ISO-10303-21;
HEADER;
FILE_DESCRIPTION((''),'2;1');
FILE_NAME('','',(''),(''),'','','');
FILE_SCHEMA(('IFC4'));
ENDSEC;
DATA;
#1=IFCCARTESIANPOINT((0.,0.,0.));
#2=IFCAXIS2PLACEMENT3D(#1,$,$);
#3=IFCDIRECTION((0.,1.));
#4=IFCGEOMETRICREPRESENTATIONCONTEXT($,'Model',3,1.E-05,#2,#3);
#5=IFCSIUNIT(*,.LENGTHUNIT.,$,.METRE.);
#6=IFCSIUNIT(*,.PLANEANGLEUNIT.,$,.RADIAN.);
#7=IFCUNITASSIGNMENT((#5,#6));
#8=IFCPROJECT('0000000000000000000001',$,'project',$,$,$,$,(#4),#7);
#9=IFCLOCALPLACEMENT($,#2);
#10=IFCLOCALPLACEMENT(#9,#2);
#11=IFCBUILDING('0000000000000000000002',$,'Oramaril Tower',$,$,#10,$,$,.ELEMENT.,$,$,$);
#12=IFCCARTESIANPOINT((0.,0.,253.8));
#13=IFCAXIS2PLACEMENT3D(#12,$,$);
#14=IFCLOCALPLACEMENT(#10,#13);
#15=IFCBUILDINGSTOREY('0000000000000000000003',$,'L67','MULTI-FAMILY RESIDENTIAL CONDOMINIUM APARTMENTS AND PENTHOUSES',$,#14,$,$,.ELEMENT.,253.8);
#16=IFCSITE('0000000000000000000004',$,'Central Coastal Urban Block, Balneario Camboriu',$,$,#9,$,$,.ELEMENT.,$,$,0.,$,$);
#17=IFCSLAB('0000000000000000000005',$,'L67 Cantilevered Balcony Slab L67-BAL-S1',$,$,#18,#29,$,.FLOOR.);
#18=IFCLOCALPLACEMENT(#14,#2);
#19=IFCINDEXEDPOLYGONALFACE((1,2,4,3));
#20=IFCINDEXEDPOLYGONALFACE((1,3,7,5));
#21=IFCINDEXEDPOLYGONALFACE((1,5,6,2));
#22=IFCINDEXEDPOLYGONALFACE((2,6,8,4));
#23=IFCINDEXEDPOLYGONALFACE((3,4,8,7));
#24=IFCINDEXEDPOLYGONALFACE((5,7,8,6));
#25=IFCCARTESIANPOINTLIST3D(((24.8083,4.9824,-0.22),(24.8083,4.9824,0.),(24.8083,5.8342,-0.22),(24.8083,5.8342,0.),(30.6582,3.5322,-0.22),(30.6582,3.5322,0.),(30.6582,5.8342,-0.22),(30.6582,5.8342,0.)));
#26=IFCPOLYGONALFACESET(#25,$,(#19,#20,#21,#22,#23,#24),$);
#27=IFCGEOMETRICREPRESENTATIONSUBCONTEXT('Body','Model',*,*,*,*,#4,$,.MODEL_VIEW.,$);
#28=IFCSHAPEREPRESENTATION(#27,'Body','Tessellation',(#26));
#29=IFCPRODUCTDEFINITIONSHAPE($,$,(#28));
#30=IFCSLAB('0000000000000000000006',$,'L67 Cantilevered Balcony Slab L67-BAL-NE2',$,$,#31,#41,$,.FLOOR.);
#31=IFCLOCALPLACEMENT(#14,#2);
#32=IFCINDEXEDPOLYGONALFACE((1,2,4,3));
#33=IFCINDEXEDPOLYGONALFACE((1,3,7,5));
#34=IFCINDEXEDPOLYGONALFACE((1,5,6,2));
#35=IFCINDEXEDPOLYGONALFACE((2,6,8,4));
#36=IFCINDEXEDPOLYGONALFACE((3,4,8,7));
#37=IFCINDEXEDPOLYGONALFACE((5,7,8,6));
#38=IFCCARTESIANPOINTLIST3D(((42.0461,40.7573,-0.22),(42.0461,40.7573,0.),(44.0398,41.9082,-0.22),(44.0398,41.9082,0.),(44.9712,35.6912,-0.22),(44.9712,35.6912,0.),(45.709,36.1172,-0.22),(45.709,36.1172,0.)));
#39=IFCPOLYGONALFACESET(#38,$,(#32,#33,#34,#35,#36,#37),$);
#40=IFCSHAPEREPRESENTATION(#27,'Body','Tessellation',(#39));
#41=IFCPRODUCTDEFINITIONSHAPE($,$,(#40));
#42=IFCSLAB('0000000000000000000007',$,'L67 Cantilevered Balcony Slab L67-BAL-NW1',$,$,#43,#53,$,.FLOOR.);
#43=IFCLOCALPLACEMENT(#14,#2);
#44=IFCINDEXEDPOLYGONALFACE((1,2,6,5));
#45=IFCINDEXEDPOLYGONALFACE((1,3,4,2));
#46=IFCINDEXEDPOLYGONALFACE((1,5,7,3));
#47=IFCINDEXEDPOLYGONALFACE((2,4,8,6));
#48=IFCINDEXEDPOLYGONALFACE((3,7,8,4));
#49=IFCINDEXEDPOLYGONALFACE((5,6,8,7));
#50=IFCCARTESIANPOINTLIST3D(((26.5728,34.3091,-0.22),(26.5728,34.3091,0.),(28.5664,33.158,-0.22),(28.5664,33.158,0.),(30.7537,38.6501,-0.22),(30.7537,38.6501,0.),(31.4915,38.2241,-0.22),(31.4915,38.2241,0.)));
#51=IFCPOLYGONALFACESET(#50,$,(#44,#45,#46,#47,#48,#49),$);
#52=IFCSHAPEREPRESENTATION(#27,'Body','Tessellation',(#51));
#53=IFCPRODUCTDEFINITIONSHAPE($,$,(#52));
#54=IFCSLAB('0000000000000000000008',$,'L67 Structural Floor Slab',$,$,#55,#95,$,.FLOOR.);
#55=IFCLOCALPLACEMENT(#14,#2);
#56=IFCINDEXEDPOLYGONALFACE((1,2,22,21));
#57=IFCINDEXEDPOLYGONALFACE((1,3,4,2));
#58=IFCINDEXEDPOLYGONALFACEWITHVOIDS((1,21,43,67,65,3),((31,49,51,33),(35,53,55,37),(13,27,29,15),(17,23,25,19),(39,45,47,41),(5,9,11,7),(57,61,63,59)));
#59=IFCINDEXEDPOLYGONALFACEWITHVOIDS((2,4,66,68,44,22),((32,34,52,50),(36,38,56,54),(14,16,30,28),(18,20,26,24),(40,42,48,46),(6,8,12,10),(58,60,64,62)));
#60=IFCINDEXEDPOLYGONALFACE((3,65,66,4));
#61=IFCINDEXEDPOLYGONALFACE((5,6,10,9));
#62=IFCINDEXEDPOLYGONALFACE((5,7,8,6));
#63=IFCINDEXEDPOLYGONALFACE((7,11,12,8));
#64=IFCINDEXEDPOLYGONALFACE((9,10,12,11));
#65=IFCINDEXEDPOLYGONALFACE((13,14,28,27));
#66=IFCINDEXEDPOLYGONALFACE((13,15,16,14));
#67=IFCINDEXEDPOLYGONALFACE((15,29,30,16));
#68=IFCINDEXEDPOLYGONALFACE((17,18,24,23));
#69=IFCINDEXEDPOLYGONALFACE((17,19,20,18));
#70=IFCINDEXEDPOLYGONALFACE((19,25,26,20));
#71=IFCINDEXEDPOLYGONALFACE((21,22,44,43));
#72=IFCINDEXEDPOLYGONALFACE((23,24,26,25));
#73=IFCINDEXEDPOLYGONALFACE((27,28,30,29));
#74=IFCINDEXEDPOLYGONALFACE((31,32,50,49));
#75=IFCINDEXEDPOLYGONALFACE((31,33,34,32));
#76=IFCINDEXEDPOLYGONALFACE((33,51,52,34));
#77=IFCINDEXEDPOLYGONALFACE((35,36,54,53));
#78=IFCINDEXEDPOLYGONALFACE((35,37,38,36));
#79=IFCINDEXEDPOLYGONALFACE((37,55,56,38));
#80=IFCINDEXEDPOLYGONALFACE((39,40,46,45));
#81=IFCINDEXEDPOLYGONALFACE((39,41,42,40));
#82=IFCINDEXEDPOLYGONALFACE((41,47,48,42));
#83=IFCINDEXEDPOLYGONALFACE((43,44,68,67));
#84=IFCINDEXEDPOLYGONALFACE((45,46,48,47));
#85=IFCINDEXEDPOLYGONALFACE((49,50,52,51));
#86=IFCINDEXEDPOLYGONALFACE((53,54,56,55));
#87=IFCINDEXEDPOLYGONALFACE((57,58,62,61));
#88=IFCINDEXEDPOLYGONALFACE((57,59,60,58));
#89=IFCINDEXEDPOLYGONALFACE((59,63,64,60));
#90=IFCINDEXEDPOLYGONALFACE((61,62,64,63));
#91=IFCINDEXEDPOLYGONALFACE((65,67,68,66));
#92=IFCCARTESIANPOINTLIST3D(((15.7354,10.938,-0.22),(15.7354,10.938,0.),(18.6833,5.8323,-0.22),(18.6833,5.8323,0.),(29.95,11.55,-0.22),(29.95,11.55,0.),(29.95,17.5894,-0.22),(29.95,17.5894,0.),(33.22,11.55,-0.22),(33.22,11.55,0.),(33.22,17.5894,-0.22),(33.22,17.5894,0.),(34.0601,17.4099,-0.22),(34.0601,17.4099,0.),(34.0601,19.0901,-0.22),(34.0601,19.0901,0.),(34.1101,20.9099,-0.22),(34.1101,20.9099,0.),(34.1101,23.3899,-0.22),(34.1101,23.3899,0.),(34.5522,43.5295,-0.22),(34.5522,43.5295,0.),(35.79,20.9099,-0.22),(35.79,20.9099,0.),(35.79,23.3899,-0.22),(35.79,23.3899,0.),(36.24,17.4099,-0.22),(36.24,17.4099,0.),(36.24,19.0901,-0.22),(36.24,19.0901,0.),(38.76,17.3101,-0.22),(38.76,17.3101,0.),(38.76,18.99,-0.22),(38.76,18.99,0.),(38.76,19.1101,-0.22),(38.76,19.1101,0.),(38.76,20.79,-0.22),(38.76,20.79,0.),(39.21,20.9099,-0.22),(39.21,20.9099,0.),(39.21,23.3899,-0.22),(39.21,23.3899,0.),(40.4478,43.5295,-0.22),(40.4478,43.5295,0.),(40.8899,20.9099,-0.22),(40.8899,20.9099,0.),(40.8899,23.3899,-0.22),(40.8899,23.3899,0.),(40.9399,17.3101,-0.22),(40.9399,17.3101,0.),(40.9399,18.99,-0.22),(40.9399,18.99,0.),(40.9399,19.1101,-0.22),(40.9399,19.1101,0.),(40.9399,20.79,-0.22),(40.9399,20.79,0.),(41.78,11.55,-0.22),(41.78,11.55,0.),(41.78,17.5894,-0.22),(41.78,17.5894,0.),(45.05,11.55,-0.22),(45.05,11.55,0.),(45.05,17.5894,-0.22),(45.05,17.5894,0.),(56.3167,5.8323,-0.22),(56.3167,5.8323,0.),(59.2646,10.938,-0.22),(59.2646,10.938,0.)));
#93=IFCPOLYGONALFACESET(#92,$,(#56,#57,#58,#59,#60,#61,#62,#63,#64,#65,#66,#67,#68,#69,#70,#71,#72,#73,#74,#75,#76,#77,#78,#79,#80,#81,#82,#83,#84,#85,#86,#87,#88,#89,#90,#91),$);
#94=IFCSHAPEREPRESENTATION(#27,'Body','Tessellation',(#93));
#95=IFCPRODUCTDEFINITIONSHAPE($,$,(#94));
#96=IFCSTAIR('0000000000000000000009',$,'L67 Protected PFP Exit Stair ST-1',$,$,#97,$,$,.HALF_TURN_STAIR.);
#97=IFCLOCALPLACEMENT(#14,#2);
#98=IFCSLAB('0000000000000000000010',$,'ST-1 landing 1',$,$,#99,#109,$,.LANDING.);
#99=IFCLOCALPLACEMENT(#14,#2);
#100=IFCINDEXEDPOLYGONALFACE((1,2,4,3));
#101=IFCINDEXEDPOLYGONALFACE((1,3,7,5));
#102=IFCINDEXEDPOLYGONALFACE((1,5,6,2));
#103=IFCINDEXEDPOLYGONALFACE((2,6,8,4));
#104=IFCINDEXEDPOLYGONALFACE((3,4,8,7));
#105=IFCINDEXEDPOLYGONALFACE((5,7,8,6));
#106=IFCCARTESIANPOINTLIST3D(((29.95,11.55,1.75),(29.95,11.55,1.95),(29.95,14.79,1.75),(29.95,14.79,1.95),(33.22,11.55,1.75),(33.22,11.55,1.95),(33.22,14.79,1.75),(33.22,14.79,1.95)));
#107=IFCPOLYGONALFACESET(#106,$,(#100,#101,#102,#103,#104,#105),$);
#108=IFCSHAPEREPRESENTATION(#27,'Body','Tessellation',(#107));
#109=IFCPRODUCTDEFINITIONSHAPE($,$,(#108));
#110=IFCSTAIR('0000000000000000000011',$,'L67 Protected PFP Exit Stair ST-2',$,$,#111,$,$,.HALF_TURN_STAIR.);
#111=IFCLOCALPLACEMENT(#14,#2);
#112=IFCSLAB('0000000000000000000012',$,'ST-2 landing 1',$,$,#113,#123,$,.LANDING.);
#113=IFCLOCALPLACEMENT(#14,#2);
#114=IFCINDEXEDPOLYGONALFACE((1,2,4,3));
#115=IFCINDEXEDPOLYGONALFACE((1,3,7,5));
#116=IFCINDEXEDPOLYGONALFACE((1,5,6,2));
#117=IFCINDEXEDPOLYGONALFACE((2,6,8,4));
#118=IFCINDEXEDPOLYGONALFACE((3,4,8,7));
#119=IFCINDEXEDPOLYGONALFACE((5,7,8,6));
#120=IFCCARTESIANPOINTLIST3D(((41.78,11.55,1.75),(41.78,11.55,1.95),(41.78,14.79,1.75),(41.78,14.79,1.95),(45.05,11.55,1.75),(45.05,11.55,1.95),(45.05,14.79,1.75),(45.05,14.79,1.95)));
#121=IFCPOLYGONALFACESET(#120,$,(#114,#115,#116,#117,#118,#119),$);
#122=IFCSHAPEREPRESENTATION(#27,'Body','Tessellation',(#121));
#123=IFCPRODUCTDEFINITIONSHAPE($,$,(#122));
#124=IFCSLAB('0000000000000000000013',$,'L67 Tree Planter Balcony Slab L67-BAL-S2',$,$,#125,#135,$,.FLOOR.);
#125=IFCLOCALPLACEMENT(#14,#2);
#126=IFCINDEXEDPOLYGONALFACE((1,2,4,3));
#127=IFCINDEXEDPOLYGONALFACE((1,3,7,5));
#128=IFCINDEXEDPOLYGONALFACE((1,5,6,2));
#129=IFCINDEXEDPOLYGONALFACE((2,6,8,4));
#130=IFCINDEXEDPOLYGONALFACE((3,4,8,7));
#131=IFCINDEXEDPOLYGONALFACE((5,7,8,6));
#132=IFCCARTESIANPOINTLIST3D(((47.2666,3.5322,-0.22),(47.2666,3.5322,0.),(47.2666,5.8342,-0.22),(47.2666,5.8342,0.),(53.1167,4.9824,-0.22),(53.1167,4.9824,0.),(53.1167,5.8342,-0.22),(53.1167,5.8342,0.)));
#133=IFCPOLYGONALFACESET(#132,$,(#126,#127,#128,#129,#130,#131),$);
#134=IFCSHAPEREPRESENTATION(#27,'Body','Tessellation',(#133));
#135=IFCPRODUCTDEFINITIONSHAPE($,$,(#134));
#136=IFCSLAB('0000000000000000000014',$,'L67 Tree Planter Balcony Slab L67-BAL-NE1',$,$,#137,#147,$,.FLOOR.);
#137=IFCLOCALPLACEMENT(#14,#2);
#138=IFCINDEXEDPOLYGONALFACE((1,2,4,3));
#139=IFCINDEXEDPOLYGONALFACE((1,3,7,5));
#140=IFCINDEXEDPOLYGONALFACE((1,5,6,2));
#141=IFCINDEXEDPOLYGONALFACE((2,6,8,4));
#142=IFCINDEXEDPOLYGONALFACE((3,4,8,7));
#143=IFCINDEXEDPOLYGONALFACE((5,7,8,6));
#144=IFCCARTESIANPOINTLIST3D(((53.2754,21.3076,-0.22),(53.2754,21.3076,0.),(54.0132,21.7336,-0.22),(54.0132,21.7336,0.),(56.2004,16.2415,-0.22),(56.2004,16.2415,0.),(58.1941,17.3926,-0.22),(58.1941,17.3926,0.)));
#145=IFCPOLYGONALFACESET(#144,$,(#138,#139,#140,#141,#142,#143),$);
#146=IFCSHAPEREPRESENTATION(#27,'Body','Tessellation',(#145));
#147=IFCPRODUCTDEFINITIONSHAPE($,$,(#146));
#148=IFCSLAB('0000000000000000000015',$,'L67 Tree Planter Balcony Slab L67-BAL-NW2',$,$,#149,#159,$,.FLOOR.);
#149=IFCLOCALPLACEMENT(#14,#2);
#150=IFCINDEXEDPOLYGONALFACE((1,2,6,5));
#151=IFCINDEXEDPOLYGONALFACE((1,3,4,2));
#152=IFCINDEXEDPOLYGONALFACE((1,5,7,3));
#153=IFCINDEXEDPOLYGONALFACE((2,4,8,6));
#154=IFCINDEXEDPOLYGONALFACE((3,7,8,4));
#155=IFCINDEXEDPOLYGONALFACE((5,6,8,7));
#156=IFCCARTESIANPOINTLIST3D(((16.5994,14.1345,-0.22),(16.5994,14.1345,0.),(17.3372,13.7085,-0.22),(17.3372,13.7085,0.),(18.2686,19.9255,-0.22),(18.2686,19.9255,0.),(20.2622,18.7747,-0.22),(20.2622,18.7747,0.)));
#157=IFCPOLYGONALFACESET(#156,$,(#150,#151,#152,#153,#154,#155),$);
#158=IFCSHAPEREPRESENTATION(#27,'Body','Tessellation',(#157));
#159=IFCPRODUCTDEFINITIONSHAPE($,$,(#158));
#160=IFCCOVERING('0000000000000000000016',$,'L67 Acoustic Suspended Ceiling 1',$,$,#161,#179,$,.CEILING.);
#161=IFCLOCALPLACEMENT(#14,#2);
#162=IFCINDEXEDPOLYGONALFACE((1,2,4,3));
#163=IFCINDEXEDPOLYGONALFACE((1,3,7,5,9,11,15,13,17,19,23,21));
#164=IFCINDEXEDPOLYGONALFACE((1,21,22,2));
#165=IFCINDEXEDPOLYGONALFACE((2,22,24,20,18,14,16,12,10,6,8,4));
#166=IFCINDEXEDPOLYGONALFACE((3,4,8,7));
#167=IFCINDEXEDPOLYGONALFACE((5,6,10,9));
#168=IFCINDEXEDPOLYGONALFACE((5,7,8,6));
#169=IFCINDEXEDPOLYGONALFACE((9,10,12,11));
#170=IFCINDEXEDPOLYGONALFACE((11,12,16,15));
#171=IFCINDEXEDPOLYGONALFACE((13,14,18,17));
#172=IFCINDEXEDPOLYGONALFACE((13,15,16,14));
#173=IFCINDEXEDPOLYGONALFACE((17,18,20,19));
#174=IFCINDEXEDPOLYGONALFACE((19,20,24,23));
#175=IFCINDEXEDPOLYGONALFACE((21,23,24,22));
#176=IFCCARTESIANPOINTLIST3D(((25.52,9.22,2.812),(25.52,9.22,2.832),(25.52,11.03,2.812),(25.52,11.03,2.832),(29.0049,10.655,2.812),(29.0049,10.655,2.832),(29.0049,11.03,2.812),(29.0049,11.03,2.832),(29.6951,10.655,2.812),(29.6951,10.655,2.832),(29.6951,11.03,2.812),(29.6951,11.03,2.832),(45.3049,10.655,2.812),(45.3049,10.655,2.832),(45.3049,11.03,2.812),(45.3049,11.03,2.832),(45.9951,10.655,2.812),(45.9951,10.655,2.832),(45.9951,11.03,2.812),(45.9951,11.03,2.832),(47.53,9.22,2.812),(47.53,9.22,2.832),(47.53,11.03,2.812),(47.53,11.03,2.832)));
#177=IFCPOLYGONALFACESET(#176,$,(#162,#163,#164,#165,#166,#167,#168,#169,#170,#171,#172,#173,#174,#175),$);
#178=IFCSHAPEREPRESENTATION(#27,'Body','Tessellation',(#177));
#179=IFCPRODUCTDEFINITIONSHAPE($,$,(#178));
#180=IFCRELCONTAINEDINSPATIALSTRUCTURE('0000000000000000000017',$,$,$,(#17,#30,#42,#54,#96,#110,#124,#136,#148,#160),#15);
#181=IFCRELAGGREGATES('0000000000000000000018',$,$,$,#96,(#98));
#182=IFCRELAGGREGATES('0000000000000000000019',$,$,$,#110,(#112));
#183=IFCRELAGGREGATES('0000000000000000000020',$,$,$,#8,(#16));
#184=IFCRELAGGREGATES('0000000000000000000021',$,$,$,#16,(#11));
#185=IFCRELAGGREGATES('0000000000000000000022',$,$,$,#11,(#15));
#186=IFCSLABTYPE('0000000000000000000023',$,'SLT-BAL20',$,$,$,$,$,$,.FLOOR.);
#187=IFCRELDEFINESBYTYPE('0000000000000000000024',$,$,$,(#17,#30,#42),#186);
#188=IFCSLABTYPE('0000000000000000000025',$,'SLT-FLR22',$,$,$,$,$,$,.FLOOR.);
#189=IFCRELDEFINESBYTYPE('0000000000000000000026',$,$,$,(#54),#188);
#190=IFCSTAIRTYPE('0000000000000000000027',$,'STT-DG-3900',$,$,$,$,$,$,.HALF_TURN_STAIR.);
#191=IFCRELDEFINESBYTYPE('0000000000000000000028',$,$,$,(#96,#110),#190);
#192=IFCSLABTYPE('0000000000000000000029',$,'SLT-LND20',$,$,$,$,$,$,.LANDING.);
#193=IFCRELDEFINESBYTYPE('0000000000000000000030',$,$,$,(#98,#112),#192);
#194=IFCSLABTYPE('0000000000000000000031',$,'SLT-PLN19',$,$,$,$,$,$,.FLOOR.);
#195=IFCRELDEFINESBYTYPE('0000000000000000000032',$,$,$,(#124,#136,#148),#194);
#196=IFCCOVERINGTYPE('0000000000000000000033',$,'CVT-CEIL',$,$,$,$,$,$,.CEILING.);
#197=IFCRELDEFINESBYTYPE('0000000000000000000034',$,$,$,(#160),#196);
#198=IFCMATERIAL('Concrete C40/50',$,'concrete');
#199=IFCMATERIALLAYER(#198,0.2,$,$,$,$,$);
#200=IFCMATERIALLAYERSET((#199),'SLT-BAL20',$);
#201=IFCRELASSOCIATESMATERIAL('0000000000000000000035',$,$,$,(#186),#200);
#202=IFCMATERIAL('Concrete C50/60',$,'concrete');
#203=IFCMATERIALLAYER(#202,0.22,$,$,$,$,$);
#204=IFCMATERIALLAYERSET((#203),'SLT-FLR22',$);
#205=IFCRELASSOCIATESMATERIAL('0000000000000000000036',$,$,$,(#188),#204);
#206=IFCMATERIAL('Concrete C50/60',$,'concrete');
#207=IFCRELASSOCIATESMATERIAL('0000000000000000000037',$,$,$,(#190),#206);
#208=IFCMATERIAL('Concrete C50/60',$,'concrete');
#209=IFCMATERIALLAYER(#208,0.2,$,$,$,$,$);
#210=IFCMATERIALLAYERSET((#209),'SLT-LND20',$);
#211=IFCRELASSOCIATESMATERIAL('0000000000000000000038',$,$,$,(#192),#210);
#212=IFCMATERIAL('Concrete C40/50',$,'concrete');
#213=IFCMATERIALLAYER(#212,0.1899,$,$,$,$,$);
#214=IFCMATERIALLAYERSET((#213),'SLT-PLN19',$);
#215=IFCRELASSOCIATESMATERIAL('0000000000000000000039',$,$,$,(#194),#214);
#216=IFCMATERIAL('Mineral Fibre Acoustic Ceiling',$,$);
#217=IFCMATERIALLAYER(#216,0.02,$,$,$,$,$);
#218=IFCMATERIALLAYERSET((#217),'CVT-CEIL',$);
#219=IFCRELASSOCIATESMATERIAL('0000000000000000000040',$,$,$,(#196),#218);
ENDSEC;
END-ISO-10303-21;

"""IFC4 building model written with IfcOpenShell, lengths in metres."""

from ifc_helpers import new_model, si_unit, direction, frame, origin, place, context, subcontext, project, spatial, polyline, outline, extrude, material, layer, layer_set, type_object, element, aggregate, save


model = new_model("IFC4")

# Units and contexts
model_context = context("Model", 3, precision=1e-05, world=origin(), true_north=direction((0.0, 1.0)))
body_context = subcontext(model_context, "Body", "Model", "MODEL_VIEW")
ifc_project = project(units=[si_unit("LENGTHUNIT", "METRE"), si_unit("PLANEANGLEUNIT", "RADIAN")], contexts=[model_context])

# Site, building, storey
site_placement = place(None, origin())
site = spatial("IfcSite", under=ifc_project, at=site_placement, Name="Central Coastal Urban Block, Balneario Camboriu", CompositionType="ELEMENT", RefElevation=0.0)
building_placement = place(site_placement, origin())
building = spatial("IfcBuilding", under=site, at=building_placement, Name="Oramaril Tower", CompositionType="ELEMENT")
storey_placement = place(building_placement, frame((0.0, 0.0, 253.8)))
storey = spatial("IfcBuildingStorey", under=building, at=storey_placement, Name="L67", Description="MULTI-FAMILY RESIDENTIAL CONDOMINIUM APARTMENTS AND PENTHOUSES", CompositionType="ELEMENT", Elevation=253.8)

# Slabs
ifc_material_1 = material(Name="Concrete C40/50", Category="concrete")
ifc_layer_1 = layer(ifc_material_1, 0.2)
ifc_layer_set_1 = layer_set([ifc_layer_1], Name="SLT-BAL20")
slab_type_1 = type_object("IfcSlabType", Name="SLT-BAL20", PredefinedType="FLOOR", material=ifc_layer_set_1)
slab_1_placement = place(storey_placement, frame((0.0, 0.0, -0.22)))
element("IfcSlab", 1, at=slab_1_placement, inside=storey, type_object=slab_type_1, Name="L67 Cantilevered Balcony Slab L67-BAL-S1", PredefinedType="FLOOR", context=body_context, shape_type="SweptSolid", body=[
    extrude(outline(polyline([(24.8083, 5.8342), (30.6582, 5.8342), (30.6582, 3.5322), (24.8083, 4.9824), (24.8083, 5.8342)])), origin(), (0.0, 0.0, 1.0), 0.22),
])
slab_2_placement = place(storey_placement, frame((0.0, 0.0, -0.22)))
element("IfcSlab", 2, at=slab_2_placement, inside=storey, type_object=slab_type_1, Name="L67 Cantilevered Balcony Slab L67-BAL-NE2", PredefinedType="FLOOR", context=body_context, shape_type="SweptSolid", body=[
    extrude(outline(polyline([(44.9712, 35.6912), (42.0461, 40.7573), (44.0398, 41.9082), (45.709, 36.1172), (44.9712, 35.6912)])), origin(), (0.0, 0.0, 1.0), 0.22),
])
slab_3_placement = place(storey_placement, frame((0.0, 0.0, -0.22)))
element("IfcSlab", 3, at=slab_3_placement, inside=storey, type_object=slab_type_1, Name="L67 Cantilevered Balcony Slab L67-BAL-NW1", PredefinedType="FLOOR", context=body_context, shape_type="SweptSolid", body=[
    extrude(outline(polyline([(31.4915, 38.2241), (28.5664, 33.158), (26.5728, 34.3091), (30.7537, 38.6501), (31.4915, 38.2241)])), origin(), (0.0, 0.0, 1.0), 0.22),
])
ifc_material_2 = material(Name="Concrete C50/60", Category="concrete")
ifc_layer_2 = layer(ifc_material_2, 0.22)
ifc_layer_set_2 = layer_set([ifc_layer_2], Name="SLT-FLR22")
slab_type_2 = type_object("IfcSlabType", Name="SLT-FLR22", PredefinedType="FLOOR", material=ifc_layer_set_2)
slab_4_placement = place(storey_placement, frame((0.0, 0.0, -0.22)))
element("IfcSlab", 4, at=slab_4_placement, inside=storey, type_object=slab_type_2, Name="L67 Structural Floor Slab", PredefinedType="FLOOR", context=body_context, shape_type="SweptSolid", body=[
    extrude(outline(polyline([(15.7354, 10.938), (18.6833, 5.8323), (56.3167, 5.8323), (59.2646, 10.938), (40.4478, 43.5295), (34.5522, 43.5295), (15.7354, 10.938)]), holes=[polyline([(29.95, 17.5894), (29.95, 11.55), (33.22, 11.55), (33.22, 17.5894), (29.95, 17.5894)]), polyline([(41.78, 17.5894), (41.78, 11.55), (45.05, 11.55), (45.05, 17.5894), (41.78, 17.5894)]), polyline([(34.1101, 20.9099), (35.79, 20.9099), (35.79, 23.3899), (34.1101, 23.3899), (34.1101, 20.9099)]), polyline([(39.21, 20.9099), (40.8899, 20.9099), (40.8899, 23.3899), (39.21, 23.3899), (39.21, 20.9099)]), polyline([(34.0601, 17.4099), (36.24, 17.4099), (36.24, 19.0901), (34.0601, 19.0901), (34.0601, 17.4099)]), polyline([(38.76, 17.3101), (40.9399, 17.3101), (40.9399, 18.99), (38.76, 18.99), (38.76, 17.3101)]), polyline([(38.76, 19.1101), (40.9399, 19.1101), (40.9399, 20.79), (38.76, 20.79), (38.76, 19.1101)])]), origin(), (0.0, 0.0, 1.0), 0.22),
])

# Stairs, slabs
ifc_material_3 = material(Name="Concrete C50/60", Category="concrete")
stair_type = type_object("IfcStairType", Name="STT-DG-3900", PredefinedType="HALF_TURN_STAIR", material=ifc_material_3)
stair_1_placement = place(storey_placement, origin())
stair_1 = element("IfcStair", 5, at=stair_1_placement, inside=storey, type_object=stair_type, Name="L67 Protected PFP Exit Stair ST-1", PredefinedType="HALF_TURN_STAIR")
ifc_material_4 = material(Name="Concrete C50/60", Category="concrete")
ifc_layer_3 = layer(ifc_material_4, 0.2)
ifc_layer_set_3 = layer_set([ifc_layer_3], Name="SLT-LND20")
slab_type_3 = type_object("IfcSlabType", Name="SLT-LND20", PredefinedType="LANDING", material=ifc_layer_set_3)
slab_5_placement = place(storey_placement, frame((0.0, 0.0, 1.75)))
slab_5 = element("IfcSlab", 6, at=slab_5_placement, type_object=slab_type_3, Name="ST-1 landing 1", PredefinedType="LANDING", context=body_context, shape_type="SweptSolid", body=[
    extrude(outline(polyline([(29.95, 14.79), (29.95, 11.55), (33.22, 11.55), (33.22, 14.79), (29.95, 14.79)])), origin(), (0.0, 0.0, 1.0), 0.2),
])
aggregate(stair_1, [slab_5])
stair_2_placement = place(storey_placement, origin())
stair_2 = element("IfcStair", 7, at=stair_2_placement, inside=storey, type_object=stair_type, Name="L67 Protected PFP Exit Stair ST-2", PredefinedType="HALF_TURN_STAIR")
slab_6_placement = place(storey_placement, frame((0.0, 0.0, 1.75)))
slab_6 = element("IfcSlab", 8, at=slab_6_placement, type_object=slab_type_3, Name="ST-2 landing 1", PredefinedType="LANDING", context=body_context, shape_type="SweptSolid", body=[
    extrude(outline(polyline([(41.78, 14.79), (41.78, 11.55), (45.05, 11.55), (45.05, 14.79), (41.78, 14.79)])), origin(), (0.0, 0.0, 1.0), 0.2),
])
aggregate(stair_2, [slab_6])

# Slabs
ifc_material_5 = material(Name="Concrete C40/50", Category="concrete")
ifc_layer_4 = layer(ifc_material_5, 0.1899)
ifc_layer_set_4 = layer_set([ifc_layer_4], Name="SLT-PLN19")
slab_type_4 = type_object("IfcSlabType", Name="SLT-PLN19", PredefinedType="FLOOR", material=ifc_layer_set_4)
slab_7_placement = place(storey_placement, frame((0.0, 0.0, -0.22)))
element("IfcSlab", 9, at=slab_7_placement, inside=storey, type_object=slab_type_4, Name="L67 Tree Planter Balcony Slab L67-BAL-S2", PredefinedType="FLOOR", context=body_context, shape_type="SweptSolid", body=[
    extrude(outline(polyline([(47.2666, 5.8342), (53.1167, 5.8342), (53.1167, 4.9824), (47.2666, 3.5322), (47.2666, 5.8342)])), origin(), (0.0, 0.0, 1.0), 0.22),
])
slab_8_placement = place(storey_placement, frame((0.0, 0.0, -0.22)))
element("IfcSlab", 10, at=slab_8_placement, inside=storey, type_object=slab_type_4, Name="L67 Tree Planter Balcony Slab L67-BAL-NE1", PredefinedType="FLOOR", context=body_context, shape_type="SweptSolid", body=[
    extrude(outline(polyline([(56.2004, 16.2415), (53.2754, 21.3076), (54.0132, 21.7336), (58.1941, 17.3926), (56.2004, 16.2415)])), origin(), (0.0, 0.0, 1.0), 0.22),
])
slab_9_placement = place(storey_placement, frame((0.0, 0.0, -0.22)))
element("IfcSlab", 11, at=slab_9_placement, inside=storey, type_object=slab_type_4, Name="L67 Tree Planter Balcony Slab L67-BAL-NW2", PredefinedType="FLOOR", context=body_context, shape_type="SweptSolid", body=[
    extrude(outline(polyline([(20.2622, 18.7747), (17.3372, 13.7085), (16.5994, 14.1345), (18.2686, 19.9255), (20.2622, 18.7747)])), origin(), (0.0, 0.0, 1.0), 0.22),
])

# Covering
ifc_material_6 = material(Name="Mineral Fibre Acoustic Ceiling")
ifc_layer_5 = layer(ifc_material_6, 0.02)
ifc_layer_set_5 = layer_set([ifc_layer_5], Name="CVT-CEIL")
covering_type_1 = type_object("IfcCoveringType", Name="CVT-CEIL", PredefinedType="CEILING", material=ifc_layer_set_5)
covering_1_placement = place(storey_placement, frame((0.0, 0.0, 2.812)))
element("IfcCovering", 12, at=covering_1_placement, inside=storey, type_object=covering_type_1, Name="L67 Acoustic Suspended Ceiling 1", PredefinedType="CEILING", context=body_context, shape_type="SweptSolid", body=[
    extrude(outline(polyline([(29.0049, 10.655), (29.6951, 10.655), (29.6951, 11.03), (45.3049, 11.03), (45.3049, 10.655), (45.9951, 10.655), (45.9951, 11.03), (47.53, 11.03), (47.53, 9.22), (25.52, 9.22), (25.52, 11.03), (29.0049, 11.03), (29.0049, 10.655)])), origin(), (0.0, 0.0, 1.0), 0.02),
])

save(model, "model.ifc")
